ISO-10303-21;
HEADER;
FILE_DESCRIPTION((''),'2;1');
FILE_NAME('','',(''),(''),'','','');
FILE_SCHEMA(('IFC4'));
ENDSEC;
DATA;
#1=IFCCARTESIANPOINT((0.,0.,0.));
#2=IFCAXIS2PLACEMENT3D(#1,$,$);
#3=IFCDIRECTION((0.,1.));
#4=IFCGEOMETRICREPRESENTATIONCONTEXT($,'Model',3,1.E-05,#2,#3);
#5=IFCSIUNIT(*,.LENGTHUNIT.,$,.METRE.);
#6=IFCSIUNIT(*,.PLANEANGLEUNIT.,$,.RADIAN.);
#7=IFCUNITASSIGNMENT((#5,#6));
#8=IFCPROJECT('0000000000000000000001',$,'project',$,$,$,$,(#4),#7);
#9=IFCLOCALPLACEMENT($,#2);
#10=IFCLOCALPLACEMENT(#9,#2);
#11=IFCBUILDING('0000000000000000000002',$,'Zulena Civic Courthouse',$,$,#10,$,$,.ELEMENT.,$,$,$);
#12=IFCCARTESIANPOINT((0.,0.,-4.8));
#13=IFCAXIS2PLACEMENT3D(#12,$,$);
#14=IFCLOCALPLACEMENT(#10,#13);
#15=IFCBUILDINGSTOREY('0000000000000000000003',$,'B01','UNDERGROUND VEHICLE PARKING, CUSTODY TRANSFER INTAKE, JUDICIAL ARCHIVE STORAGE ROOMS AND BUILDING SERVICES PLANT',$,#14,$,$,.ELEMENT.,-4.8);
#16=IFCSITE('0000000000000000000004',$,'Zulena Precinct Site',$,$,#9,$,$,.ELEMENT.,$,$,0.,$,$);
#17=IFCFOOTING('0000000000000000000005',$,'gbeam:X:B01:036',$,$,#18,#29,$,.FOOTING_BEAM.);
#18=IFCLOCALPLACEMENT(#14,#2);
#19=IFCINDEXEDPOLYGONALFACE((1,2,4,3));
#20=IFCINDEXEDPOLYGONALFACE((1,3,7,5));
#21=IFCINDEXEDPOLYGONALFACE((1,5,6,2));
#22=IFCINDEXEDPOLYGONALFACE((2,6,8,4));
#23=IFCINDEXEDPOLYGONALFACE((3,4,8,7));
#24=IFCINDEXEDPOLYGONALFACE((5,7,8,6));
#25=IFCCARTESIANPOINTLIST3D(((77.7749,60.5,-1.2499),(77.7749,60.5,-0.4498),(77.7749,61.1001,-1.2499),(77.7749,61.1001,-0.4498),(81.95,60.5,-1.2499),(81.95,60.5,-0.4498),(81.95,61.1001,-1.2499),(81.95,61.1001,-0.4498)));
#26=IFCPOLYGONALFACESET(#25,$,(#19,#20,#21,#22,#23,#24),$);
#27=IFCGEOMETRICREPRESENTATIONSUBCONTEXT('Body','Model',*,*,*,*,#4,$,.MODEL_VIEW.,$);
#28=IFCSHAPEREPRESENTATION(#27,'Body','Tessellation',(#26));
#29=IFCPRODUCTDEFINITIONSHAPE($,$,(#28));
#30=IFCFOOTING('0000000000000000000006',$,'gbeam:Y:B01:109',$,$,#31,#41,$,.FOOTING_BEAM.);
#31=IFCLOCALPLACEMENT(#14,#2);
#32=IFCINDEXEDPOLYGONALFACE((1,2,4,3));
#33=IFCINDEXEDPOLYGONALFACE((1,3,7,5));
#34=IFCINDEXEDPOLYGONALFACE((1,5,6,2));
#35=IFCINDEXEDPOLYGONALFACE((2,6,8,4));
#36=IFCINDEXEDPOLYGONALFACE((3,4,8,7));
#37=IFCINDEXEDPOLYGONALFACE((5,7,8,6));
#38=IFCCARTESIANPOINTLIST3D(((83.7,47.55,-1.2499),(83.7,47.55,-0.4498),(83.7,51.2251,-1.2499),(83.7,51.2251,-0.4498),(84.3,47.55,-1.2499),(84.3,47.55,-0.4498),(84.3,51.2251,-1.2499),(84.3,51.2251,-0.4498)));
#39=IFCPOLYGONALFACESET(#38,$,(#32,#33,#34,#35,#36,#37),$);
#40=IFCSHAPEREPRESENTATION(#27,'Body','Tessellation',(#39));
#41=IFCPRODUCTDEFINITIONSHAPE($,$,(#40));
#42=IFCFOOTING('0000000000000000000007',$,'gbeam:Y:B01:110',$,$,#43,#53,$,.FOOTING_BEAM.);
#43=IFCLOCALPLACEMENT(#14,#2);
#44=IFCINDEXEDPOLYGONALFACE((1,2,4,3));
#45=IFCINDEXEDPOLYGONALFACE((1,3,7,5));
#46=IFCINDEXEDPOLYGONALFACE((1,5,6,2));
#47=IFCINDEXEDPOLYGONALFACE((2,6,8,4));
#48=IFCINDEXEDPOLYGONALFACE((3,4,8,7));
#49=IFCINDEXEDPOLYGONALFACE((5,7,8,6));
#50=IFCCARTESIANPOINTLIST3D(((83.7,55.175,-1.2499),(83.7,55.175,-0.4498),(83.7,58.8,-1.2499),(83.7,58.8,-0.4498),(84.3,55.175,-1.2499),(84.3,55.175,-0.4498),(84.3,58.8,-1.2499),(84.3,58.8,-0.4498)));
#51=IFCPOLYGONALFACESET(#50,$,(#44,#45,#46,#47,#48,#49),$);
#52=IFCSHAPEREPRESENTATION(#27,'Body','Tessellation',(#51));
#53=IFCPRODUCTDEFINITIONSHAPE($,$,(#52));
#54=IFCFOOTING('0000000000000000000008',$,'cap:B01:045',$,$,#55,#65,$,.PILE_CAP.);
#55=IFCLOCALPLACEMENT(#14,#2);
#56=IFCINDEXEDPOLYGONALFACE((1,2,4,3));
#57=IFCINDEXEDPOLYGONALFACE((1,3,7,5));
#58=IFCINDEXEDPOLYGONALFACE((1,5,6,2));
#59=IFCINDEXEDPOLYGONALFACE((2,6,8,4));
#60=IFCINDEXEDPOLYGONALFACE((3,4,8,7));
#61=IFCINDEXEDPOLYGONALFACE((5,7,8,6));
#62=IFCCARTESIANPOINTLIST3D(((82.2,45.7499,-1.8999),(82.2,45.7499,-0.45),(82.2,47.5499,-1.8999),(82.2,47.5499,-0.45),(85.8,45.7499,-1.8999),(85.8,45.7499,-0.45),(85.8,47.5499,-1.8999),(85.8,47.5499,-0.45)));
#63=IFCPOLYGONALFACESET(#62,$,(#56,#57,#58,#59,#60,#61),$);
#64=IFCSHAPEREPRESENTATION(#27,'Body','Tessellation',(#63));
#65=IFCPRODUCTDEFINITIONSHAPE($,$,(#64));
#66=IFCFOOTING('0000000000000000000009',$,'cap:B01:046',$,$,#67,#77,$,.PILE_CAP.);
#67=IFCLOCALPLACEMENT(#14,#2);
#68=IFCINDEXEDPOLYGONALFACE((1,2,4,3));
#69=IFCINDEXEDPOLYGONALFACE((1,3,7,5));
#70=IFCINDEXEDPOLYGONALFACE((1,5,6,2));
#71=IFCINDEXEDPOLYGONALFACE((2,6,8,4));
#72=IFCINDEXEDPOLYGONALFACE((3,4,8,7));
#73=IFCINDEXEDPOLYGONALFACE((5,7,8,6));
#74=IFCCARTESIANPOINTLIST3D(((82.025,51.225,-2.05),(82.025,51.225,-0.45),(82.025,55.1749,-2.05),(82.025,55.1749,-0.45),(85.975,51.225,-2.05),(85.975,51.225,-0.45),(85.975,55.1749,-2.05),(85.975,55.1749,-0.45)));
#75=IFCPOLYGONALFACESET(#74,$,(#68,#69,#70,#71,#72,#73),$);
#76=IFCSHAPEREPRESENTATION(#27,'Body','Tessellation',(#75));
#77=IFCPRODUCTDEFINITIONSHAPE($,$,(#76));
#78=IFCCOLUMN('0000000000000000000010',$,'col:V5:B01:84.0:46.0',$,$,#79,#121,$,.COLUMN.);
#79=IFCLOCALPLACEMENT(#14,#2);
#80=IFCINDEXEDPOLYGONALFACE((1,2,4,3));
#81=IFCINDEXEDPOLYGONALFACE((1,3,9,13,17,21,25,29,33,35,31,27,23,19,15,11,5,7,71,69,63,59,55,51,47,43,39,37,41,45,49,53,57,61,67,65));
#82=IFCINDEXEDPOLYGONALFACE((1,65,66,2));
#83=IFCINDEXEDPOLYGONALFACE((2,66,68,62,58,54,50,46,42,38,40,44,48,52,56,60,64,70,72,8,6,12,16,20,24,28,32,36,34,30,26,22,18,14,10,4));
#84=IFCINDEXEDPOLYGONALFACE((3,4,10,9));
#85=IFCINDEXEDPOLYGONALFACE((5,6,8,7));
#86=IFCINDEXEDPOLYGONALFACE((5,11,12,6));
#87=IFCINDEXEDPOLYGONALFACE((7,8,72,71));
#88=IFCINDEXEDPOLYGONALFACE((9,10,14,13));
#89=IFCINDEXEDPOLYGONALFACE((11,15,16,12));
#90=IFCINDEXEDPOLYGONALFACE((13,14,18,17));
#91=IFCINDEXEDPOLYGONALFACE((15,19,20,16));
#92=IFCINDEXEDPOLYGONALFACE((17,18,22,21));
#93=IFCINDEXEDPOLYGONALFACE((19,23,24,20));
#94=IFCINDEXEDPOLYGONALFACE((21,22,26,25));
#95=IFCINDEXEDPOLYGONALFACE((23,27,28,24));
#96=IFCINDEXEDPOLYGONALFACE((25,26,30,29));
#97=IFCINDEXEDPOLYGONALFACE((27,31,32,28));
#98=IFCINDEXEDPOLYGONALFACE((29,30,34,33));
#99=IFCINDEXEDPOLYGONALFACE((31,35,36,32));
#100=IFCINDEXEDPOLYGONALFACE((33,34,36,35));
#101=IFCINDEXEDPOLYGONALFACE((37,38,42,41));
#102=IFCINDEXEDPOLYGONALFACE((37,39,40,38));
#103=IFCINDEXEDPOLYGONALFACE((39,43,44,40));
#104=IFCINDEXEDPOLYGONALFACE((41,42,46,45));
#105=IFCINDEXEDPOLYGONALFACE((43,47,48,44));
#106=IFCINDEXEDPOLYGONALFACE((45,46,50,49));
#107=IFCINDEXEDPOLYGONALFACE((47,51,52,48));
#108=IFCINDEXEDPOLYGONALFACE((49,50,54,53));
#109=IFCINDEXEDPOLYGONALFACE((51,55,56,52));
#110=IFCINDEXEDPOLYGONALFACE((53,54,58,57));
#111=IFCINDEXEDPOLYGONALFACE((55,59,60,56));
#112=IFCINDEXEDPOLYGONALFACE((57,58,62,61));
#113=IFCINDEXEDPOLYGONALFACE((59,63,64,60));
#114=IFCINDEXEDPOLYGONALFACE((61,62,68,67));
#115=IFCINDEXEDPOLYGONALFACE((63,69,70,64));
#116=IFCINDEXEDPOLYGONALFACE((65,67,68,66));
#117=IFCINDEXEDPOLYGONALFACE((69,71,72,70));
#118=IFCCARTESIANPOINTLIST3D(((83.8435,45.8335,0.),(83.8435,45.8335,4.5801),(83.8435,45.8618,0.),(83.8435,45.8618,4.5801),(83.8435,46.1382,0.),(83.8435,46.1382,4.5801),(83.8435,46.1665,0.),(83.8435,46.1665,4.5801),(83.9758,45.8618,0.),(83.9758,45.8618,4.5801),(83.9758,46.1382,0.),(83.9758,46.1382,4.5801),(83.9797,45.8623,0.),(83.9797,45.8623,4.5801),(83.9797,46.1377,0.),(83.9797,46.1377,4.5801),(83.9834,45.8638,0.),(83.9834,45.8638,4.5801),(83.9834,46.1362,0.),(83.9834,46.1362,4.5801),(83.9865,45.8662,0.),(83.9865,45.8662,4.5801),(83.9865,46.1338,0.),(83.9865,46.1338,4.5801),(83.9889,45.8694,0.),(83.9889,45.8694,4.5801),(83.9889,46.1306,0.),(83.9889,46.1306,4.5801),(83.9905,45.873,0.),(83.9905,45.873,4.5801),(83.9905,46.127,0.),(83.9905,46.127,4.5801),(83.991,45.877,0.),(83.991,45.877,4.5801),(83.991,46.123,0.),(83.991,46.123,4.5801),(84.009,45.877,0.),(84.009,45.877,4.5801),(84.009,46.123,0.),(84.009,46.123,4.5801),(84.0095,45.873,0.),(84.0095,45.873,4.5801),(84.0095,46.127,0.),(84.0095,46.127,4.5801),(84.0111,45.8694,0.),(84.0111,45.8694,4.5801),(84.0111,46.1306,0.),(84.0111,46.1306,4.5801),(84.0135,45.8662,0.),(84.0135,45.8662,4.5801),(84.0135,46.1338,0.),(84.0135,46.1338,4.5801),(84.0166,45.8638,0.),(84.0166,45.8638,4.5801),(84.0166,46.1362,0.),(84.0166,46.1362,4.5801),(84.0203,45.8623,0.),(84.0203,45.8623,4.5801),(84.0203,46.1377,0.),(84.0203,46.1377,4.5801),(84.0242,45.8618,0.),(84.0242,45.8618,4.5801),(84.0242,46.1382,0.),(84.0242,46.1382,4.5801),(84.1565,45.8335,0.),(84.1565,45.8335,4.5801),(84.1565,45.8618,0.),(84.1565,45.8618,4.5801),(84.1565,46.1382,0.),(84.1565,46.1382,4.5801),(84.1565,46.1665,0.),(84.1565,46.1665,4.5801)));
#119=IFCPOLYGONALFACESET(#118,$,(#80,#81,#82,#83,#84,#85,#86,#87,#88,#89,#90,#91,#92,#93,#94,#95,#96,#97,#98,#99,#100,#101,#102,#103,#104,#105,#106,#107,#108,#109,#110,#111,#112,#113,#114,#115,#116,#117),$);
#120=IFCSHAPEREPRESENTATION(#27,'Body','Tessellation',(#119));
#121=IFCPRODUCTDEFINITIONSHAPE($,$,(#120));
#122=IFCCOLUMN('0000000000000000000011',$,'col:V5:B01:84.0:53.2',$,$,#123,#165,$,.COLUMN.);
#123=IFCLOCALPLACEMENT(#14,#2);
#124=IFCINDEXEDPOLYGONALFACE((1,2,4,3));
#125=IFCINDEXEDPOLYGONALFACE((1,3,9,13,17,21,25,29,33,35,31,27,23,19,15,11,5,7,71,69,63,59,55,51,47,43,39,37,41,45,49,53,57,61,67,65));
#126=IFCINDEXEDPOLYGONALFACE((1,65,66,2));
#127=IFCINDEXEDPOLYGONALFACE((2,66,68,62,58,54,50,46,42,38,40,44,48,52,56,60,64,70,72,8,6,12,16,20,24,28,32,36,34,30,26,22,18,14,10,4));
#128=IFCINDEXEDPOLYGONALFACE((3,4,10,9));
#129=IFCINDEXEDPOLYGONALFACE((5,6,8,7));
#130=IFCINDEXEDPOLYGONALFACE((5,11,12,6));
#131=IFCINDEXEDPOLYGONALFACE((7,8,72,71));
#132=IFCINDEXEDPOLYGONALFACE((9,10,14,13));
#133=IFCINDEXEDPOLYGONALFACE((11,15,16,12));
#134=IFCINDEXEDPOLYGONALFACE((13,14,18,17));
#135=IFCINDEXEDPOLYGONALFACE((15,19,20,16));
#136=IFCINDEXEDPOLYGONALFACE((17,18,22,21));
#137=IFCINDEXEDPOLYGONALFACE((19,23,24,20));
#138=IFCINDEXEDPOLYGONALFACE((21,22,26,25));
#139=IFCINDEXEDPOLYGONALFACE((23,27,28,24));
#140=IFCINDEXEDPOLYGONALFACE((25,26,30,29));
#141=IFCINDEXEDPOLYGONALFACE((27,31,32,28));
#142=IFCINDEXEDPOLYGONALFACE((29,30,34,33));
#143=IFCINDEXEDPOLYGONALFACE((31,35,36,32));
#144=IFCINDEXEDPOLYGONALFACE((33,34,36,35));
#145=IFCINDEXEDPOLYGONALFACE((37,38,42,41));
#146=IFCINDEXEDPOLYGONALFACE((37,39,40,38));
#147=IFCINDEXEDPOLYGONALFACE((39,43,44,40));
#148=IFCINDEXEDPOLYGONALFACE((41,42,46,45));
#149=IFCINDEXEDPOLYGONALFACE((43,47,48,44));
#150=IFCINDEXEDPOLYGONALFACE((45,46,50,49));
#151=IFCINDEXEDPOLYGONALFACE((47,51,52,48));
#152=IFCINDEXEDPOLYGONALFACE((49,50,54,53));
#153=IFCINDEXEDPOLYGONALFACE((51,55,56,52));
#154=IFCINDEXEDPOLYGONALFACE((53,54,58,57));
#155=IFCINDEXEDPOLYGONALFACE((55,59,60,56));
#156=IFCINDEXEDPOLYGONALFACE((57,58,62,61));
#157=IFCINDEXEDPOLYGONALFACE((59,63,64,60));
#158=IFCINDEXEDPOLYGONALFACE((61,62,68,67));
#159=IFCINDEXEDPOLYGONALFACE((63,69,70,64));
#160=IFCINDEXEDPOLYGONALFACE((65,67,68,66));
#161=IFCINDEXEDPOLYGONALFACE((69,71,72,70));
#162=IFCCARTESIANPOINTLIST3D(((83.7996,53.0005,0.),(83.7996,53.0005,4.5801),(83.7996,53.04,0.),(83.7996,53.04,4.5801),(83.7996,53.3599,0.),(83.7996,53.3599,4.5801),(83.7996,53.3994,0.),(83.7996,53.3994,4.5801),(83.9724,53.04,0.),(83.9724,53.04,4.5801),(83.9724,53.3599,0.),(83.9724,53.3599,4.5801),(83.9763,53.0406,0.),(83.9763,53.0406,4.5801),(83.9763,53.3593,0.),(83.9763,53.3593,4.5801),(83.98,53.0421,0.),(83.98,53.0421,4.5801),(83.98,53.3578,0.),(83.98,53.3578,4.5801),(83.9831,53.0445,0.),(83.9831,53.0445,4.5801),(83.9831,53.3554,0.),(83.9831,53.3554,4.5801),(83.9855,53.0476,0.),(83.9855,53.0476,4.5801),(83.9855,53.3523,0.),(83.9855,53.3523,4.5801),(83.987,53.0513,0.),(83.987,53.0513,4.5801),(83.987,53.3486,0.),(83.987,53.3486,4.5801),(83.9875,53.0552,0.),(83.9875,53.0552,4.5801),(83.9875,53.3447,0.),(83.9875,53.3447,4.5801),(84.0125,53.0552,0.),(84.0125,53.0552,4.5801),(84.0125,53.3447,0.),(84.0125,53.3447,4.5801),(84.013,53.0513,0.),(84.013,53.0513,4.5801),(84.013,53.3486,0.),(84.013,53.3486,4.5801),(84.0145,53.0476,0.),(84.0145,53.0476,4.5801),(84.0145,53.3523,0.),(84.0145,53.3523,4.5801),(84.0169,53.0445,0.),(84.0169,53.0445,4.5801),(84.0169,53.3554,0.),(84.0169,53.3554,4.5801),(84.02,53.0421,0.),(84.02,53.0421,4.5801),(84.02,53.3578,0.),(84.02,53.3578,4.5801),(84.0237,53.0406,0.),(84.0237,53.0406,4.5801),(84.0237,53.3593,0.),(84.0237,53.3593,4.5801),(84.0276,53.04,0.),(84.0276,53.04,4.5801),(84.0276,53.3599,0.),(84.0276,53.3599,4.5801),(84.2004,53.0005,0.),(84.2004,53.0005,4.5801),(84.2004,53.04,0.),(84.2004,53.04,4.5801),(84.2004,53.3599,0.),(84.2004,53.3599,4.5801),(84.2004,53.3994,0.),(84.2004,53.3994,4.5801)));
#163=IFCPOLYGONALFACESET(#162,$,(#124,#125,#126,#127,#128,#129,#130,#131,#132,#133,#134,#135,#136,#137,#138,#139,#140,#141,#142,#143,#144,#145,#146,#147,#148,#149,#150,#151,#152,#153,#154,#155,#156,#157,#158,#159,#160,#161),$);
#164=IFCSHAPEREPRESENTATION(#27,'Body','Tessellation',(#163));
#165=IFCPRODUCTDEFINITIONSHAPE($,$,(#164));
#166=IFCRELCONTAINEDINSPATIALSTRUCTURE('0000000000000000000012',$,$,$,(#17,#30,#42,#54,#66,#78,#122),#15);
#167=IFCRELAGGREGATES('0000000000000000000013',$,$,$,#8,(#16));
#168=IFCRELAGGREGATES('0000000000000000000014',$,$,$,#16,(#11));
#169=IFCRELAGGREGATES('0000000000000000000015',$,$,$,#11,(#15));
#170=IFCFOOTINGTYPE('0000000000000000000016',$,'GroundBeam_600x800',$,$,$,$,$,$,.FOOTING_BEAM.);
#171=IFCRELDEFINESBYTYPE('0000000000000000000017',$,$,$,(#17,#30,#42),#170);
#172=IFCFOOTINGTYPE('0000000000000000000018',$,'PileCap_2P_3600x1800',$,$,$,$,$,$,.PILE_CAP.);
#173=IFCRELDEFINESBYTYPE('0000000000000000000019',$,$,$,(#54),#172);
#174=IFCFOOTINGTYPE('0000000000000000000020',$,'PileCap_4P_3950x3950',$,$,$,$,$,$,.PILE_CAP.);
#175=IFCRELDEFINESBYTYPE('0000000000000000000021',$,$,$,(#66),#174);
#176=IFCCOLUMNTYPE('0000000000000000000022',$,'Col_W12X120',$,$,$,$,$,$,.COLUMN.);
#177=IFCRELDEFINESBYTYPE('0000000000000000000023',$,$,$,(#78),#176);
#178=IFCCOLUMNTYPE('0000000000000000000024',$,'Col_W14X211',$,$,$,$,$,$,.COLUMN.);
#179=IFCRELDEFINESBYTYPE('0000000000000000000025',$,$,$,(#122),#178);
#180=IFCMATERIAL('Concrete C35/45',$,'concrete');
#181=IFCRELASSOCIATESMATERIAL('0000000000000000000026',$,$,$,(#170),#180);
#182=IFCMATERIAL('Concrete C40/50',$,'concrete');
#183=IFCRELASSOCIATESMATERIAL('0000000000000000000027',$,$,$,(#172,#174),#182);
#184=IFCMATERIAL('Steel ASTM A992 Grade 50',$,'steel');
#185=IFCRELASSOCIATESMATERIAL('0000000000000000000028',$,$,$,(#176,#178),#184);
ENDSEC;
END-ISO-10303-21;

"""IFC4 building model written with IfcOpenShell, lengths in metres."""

from ifc_helpers import new_model, si_unit, direction, frame, origin, origin_2d, place, context, subcontext, project, spatial, rectangle, i_section, extrude, material, material_profile, profile_set, type_object, element, save


model = new_model("IFC4")

# Units and contexts
model_context = context("Model", 3, precision=1e-05, world=origin(), true_north=direction((0.0, 1.0)))
body_context = subcontext(model_context, "Body", "Model", "MODEL_VIEW")
ifc_project = project(units=[si_unit("LENGTHUNIT", "METRE"), si_unit("PLANEANGLEUNIT", "RADIAN")], contexts=[model_context])

# Site, building, storey
site_placement = place(None, origin())
site = spatial("IfcSite", under=ifc_project, at=site_placement, Name="Zulena Precinct Site", CompositionType="ELEMENT", RefElevation=0.0)
building_placement = place(site_placement, origin())
building = spatial("IfcBuilding", under=site, at=building_placement, Name="Zulena Civic Courthouse", CompositionType="ELEMENT")
storey_placement = place(building_placement, frame((0.0, 0.0, -4.8)))
storey = spatial("IfcBuildingStorey", under=building, at=storey_placement, Name="B01", Description="UNDERGROUND VEHICLE PARKING, CUSTODY TRANSFER INTAKE, JUDICIAL ARCHIVE STORAGE ROOMS AND BUILDING SERVICES PLANT", CompositionType="ELEMENT", Elevation=-4.8)

# Shared definitions
ifc_material_1 = material(Name="Concrete C40/50", Category="concrete")

# Footings
ifc_material_2 = material(Name="Concrete C35/45", Category="concrete")
ifc_material_profile_1 = material_profile(ifc_material_2, rectangle(XDim=0.6001, YDim=0.8, at=origin_2d()), Name="RC600X800")
ifc_profile_set_1 = profile_set([ifc_material_profile_1], Name="Concrete C35/45")
footing_type_1 = type_object("IfcFootingType", Name="GroundBeam_600x800", PredefinedType="FOOTING_BEAM", material=ifc_profile_set_1)
footing_1_placement = place(storey_placement, frame((77.7749, 60.8, -0.8499), z_axis=(1.0, 0.0, 0.0), x_axis=(0.0, 1.0, 0.0)))
element("IfcFooting", 1, at=footing_1_placement, inside=storey, type_object=footing_type_1, Name="gbeam:X:B01:036", PredefinedType="FOOTING_BEAM", context=body_context, shape_type="SweptSolid", body=[
    extrude(rectangle(XDim=0.6001, YDim=0.8, at=origin_2d()), origin(), (0.0, 0.0, 1.0), 4.175),
])
footing_2_placement = place(storey_placement, frame((84.0, 47.55, -0.8499), z_axis=(0.0, 1.0, 0.0), x_axis=(-1.0, 0.0, 0.0)))
element("IfcFooting", 2, at=footing_2_placement, inside=storey, type_object=footing_type_1, Name="gbeam:Y:B01:109", PredefinedType="FOOTING_BEAM", context=body_context, shape_type="SweptSolid", body=[
    extrude(rectangle(XDim=0.6001, YDim=0.8, at=origin_2d()), origin(), (0.0, 0.0, 1.0), 3.675),
])
footing_3_placement = place(storey_placement, frame((84.0, 55.175, -0.8499), z_axis=(0.0, 1.0, 0.0), x_axis=(-1.0, 0.0, 0.0)))
element("IfcFooting", 3, at=footing_3_placement, inside=storey, type_object=footing_type_1, Name="gbeam:Y:B01:110", PredefinedType="FOOTING_BEAM", context=body_context, shape_type="SweptSolid", body=[
    extrude(rectangle(XDim=0.6001, YDim=0.8, at=origin_2d()), origin(), (0.0, 0.0, 1.0), 3.625),
])
footing_type_2 = type_object("IfcFootingType", Name="PileCap_2P_3600x1800", PredefinedType="PILE_CAP", material=ifc_material_1)
footing_4_placement = place(storey_placement, frame((84.0, 46.6499, -1.8999), z_axis=(0.0, 0.0, 1.0), x_axis=(1.0, 0.0, 0.0)))
element("IfcFooting", 4, at=footing_4_placement, inside=storey, type_object=footing_type_2, Name="cap:B01:045", PredefinedType="PILE_CAP", context=body_context, shape_type="SweptSolid", body=[
    extrude(rectangle(XDim=3.6001, YDim=1.8, at=origin_2d()), origin(), (0.0, 0.0, 1.0), 1.45),
])
footing_type_3 = type_object("IfcFootingType", Name="PileCap_4P_3950x3950", PredefinedType="PILE_CAP", material=ifc_material_1)
footing_5_placement = place(storey_placement, frame((84.0, 53.2, -2.05), z_axis=(0.0, 0.0, 1.0), x_axis=(1.0, 0.0, 0.0)))
element("IfcFooting", 5, at=footing_5_placement, inside=storey, type_object=footing_type_3, Name="cap:B01:046", PredefinedType="PILE_CAP", context=body_context, shape_type="SweptSolid", body=[
    extrude(rectangle(XDim=3.95, YDim=3.95, at=origin_2d()), origin(), (0.0, 0.0, 1.0), 1.6001),
])

# Columns
ifc_material_3 = material(Name="Steel ASTM A992 Grade 50", Category="steel")
ifc_material_profile_2 = material_profile(ifc_material_3, i_section(OverallWidth=0.313, OverallDepth=0.333, WebThickness=0.0181, FlangeThickness=0.0283, FilletRadius=0.0151, at=origin_2d()), Name="W12X120")
ifc_profile_set_2 = profile_set([ifc_material_profile_2], Name="Steel ASTM A992 Grade 50")
column_type_1 = type_object("IfcColumnType", Name="Col_W12X120", PredefinedType="COLUMN", material=ifc_profile_set_2)
column_placement = place(storey_placement, frame((84.0, 46.0, 0.0), z_axis=(0.0, 0.0, 1.0), x_axis=(1.0, 0.0, 0.0)))
element("IfcColumn", 6, at=column_placement, inside=storey, type_object=column_type_1, Name="col:V5:B01:84.0:46.0", PredefinedType="COLUMN", context=body_context, shape_type="SweptSolid", body=[
    extrude(i_section(OverallWidth=0.313, OverallDepth=0.333, WebThickness=0.0181, FlangeThickness=0.0283, FilletRadius=0.0151, at=origin_2d()), origin(), (0.0, 0.0, 1.0), 4.5801),
])
ifc_material_profile_3 = material_profile(ifc_material_3, i_section(OverallWidth=0.4009, OverallDepth=0.3989, WebThickness=0.0249, FlangeThickness=0.0396, FilletRadius=0.0151, at=origin_2d()), Name="W14X211")
ifc_profile_set_3 = profile_set([ifc_material_profile_3], Name="Steel ASTM A992 Grade 50")
column_type_2 = type_object("IfcColumnType", Name="Col_W14X211", PredefinedType="COLUMN", material=ifc_profile_set_3)
for number, where, z_axis, x_axis, name in (
    (7, (84.0, 53.2, 0.0), (0.0, 0.0, 1.0), (1.0, 0.0, 0.0), "col:V5:B01:84.0:53.2"),
):
    element("IfcColumn", number, at=place(storey_placement, frame(where, z_axis=z_axis, x_axis=x_axis)), inside=storey, type_object=column_type_2, Name=name, PredefinedType="COLUMN", context=body_context, shape_type="SweptSolid", body=[
        extrude(i_section(OverallWidth=0.4009, OverallDepth=0.3989, WebThickness=0.0249, FlangeThickness=0.0396, FilletRadius=0.0151, at=origin_2d()), origin(), (0.0, 0.0, 1.0), 4.5801),
    ])

save(model, "model.ifc")
